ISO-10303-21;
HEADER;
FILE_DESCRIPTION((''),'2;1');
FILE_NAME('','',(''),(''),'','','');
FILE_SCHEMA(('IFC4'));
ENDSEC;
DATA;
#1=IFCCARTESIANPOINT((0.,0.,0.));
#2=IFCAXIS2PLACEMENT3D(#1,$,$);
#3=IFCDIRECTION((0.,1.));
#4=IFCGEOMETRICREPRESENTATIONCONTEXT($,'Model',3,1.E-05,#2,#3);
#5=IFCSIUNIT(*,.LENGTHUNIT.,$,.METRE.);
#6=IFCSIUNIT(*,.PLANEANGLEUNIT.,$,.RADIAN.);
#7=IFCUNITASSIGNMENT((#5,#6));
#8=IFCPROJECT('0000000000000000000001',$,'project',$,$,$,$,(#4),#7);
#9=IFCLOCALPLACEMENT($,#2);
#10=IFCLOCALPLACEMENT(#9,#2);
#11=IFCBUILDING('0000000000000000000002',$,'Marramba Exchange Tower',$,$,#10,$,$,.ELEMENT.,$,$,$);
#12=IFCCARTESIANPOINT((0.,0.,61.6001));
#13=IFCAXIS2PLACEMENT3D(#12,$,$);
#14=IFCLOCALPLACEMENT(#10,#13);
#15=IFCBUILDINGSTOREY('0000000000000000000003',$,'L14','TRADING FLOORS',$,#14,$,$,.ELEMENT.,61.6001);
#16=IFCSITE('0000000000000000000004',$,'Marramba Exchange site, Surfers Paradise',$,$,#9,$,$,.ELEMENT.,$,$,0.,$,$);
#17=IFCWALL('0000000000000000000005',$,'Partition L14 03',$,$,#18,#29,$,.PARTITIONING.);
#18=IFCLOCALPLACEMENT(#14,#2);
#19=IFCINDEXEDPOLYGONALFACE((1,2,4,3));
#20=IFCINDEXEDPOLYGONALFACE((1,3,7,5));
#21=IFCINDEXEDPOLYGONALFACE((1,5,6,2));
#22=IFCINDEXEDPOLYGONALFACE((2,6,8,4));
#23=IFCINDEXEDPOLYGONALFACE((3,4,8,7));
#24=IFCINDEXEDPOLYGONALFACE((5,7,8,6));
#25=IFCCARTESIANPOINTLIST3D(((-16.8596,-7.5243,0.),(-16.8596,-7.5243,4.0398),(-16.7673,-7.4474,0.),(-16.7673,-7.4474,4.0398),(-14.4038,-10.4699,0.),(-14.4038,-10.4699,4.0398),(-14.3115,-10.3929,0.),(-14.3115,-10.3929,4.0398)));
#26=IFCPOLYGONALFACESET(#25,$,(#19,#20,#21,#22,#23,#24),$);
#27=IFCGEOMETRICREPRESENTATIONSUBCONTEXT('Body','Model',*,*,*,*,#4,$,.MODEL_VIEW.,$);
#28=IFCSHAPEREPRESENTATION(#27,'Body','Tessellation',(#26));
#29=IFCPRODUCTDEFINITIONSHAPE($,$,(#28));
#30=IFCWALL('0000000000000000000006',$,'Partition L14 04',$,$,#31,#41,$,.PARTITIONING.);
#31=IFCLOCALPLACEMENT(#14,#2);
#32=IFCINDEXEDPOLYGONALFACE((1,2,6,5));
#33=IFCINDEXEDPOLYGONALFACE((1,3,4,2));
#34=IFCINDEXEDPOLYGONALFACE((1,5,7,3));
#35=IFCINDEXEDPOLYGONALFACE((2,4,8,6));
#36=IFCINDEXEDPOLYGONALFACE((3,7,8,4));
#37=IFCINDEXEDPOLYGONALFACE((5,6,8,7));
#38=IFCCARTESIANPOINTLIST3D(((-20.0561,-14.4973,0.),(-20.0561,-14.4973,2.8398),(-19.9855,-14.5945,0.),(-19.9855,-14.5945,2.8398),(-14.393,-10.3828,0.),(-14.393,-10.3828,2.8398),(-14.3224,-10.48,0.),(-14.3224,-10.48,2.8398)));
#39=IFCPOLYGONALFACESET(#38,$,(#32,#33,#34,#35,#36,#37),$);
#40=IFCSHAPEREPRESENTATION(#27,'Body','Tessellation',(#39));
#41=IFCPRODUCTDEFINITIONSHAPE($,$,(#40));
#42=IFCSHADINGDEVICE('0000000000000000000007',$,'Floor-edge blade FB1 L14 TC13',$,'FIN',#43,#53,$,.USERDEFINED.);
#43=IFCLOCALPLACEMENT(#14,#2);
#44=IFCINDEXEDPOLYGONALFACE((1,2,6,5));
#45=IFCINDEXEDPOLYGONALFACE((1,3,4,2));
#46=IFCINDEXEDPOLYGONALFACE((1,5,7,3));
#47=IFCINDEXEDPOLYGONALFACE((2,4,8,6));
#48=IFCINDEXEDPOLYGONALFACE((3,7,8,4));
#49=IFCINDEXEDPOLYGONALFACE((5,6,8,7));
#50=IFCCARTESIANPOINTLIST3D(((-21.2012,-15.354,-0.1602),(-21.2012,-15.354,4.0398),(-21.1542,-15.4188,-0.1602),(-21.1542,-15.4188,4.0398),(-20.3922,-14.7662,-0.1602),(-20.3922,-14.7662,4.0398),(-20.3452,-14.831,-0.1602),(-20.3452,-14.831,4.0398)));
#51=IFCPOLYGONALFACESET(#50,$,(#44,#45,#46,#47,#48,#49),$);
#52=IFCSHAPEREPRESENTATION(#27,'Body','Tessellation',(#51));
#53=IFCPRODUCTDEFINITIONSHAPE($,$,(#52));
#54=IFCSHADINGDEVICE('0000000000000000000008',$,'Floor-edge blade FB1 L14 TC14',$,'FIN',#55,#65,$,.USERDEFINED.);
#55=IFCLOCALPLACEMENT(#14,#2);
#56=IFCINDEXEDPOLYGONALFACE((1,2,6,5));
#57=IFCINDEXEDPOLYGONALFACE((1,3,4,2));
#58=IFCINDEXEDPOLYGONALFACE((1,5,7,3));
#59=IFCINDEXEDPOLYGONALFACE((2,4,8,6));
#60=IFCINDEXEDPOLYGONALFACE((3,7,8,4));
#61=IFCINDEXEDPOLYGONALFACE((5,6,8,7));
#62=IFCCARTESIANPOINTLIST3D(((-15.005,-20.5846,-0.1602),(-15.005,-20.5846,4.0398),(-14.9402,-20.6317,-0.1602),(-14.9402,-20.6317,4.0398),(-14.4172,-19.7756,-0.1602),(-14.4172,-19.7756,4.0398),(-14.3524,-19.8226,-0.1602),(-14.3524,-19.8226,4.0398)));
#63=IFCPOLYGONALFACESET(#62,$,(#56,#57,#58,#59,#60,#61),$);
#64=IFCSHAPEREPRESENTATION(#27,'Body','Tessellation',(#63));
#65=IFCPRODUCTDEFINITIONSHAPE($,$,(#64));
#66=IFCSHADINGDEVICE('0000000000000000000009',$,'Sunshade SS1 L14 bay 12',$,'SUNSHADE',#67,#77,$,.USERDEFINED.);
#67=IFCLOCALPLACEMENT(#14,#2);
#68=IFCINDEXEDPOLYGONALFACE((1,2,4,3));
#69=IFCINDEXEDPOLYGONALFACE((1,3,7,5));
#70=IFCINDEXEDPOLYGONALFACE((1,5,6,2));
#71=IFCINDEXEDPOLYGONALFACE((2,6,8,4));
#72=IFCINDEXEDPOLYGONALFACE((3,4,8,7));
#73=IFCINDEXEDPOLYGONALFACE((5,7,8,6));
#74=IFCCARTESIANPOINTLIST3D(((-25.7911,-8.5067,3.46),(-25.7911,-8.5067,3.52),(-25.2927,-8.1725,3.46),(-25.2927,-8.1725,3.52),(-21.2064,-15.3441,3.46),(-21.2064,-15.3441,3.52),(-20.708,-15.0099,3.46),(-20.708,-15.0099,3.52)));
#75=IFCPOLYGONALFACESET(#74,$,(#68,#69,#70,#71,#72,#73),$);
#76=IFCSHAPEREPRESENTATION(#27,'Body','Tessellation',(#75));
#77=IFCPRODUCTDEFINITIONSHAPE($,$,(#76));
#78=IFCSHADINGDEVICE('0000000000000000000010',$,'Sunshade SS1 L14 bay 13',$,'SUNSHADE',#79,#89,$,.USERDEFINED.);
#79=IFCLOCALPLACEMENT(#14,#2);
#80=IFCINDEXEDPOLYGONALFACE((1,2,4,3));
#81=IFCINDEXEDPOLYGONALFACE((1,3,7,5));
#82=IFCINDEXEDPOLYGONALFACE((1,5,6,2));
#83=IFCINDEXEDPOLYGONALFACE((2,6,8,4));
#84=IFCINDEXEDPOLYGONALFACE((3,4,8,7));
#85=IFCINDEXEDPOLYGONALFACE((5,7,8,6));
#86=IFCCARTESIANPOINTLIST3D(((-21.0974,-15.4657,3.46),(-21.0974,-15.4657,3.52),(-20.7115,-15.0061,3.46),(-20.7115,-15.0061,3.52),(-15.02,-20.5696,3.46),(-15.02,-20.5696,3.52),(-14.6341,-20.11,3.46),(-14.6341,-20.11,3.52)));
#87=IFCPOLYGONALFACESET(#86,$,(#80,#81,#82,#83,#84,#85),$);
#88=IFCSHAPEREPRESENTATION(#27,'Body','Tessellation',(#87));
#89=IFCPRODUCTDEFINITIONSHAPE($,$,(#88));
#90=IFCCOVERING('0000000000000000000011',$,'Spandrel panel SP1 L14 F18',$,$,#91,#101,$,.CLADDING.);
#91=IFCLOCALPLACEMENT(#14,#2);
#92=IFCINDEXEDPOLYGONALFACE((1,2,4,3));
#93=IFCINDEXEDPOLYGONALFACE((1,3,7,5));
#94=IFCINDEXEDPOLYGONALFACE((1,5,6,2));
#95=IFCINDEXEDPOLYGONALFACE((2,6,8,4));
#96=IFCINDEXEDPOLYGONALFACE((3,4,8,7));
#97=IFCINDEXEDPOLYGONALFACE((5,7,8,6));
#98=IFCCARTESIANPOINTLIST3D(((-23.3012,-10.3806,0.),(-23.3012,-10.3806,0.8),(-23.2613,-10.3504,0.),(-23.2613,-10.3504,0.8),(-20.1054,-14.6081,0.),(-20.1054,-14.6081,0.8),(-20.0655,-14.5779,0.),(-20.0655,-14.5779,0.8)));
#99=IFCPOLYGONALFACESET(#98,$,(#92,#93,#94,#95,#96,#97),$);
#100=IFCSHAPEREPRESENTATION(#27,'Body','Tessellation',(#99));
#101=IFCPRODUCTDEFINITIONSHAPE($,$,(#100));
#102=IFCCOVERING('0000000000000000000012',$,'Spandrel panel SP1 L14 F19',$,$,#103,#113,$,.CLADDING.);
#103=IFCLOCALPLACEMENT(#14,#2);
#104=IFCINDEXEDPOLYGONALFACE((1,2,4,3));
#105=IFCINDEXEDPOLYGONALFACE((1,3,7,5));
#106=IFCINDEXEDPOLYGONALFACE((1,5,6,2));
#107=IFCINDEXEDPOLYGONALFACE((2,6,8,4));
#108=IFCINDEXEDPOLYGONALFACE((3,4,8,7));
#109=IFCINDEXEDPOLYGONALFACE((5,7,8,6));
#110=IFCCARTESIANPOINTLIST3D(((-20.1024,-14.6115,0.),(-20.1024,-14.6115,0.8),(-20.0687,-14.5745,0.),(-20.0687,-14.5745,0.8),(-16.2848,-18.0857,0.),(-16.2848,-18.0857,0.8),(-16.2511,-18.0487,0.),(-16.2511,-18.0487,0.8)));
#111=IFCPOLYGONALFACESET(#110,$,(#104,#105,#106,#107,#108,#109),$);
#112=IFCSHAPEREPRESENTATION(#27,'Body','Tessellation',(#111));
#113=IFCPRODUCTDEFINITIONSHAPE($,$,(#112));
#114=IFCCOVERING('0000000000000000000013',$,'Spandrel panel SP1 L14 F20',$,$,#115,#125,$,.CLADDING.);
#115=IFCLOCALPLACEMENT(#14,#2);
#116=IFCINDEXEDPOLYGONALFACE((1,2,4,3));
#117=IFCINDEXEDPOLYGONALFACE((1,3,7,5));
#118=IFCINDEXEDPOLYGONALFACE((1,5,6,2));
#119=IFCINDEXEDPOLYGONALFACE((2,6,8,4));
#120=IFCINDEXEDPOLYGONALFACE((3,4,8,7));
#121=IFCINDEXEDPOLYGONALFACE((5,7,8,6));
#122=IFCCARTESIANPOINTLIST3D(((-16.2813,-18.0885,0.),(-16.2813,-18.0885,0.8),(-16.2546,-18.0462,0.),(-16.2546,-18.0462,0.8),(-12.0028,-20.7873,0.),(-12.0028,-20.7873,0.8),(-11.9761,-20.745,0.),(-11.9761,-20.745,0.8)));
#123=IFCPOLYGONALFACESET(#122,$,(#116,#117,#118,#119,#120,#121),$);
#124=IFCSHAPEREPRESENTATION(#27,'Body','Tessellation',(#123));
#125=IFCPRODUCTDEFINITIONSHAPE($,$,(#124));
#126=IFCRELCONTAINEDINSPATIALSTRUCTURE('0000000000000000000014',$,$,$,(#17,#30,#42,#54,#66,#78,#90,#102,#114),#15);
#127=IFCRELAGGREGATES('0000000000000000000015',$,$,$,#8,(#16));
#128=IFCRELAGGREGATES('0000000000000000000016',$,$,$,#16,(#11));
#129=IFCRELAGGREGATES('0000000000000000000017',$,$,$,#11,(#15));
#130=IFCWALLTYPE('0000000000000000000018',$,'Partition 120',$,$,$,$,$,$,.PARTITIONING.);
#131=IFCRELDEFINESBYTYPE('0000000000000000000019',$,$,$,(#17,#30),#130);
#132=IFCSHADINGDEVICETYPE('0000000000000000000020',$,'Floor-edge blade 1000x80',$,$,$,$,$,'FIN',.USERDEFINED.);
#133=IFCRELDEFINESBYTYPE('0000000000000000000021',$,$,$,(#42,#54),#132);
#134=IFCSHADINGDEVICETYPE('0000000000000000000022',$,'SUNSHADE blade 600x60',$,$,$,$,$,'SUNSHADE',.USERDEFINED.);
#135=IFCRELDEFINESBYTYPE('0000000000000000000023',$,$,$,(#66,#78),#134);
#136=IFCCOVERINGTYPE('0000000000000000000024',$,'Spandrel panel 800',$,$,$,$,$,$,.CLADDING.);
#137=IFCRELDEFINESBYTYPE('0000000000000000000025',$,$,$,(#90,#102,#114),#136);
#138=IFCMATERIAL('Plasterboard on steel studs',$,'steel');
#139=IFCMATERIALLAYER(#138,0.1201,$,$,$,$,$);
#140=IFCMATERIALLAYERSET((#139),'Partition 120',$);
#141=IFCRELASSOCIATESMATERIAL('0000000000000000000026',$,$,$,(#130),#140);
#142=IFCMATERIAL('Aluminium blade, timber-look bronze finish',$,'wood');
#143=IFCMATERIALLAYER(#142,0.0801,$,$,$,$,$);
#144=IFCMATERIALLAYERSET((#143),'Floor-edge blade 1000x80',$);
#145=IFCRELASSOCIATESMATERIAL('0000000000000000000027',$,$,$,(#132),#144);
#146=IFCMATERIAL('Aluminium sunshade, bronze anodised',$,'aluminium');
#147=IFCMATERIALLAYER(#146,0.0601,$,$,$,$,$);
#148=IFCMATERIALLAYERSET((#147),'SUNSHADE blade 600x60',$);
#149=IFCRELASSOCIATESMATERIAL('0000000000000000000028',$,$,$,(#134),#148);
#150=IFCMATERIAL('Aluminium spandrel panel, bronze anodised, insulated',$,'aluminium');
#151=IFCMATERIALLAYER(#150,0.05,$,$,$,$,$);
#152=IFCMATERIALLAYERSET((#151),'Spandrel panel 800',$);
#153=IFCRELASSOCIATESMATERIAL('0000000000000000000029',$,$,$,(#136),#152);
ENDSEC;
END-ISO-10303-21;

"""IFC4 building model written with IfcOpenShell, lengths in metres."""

from ifc_helpers import new_model, si_unit, direction, frame, frame_2d, origin, origin_2d, place, context, subcontext, project, spatial, rectangle, extrude, material, layer, layer_set, type_object, element, save


model = new_model("IFC4")

# Units and contexts
model_context = context("Model", 3, precision=1e-05, world=origin(), true_north=direction((0.0, 1.0)))
body_context = subcontext(model_context, "Body", "Model", "MODEL_VIEW")
ifc_project = project(units=[si_unit("LENGTHUNIT", "METRE"), si_unit("PLANEANGLEUNIT", "RADIAN")], contexts=[model_context])

# Site, building, storey
site_placement = place(None, origin())
site = spatial("IfcSite", under=ifc_project, at=site_placement, Name="Marramba Exchange site, Surfers Paradise", CompositionType="ELEMENT", RefElevation=0.0)
building_placement = place(site_placement, origin())
building = spatial("IfcBuilding", under=site, at=building_placement, Name="Marramba Exchange Tower", CompositionType="ELEMENT")
storey_placement = place(building_placement, frame((0.0, 0.0, 61.6001)))
storey = spatial("IfcBuildingStorey", under=building, at=storey_placement, Name="L14", Description="TRADING FLOORS", CompositionType="ELEMENT", Elevation=61.6001)

# Walls
ifc_material_1 = material(Name="Plasterboard on steel studs", Category="steel")
ifc_layer_1 = layer(ifc_material_1, 0.1201)
ifc_layer_set_1 = layer_set([ifc_layer_1], Name="Partition 120")
wall_type_1 = type_object("IfcWallType", Name="Partition 120", PredefinedType="PARTITIONING", material=ifc_layer_set_1)
wall_1_placement = place(storey_placement, frame((-14.3577, -10.4314, 0.0), z_axis=(0.0, 0.0, 1.0), x_axis=(-0.640366, 0.76807, 0.0)))
element("IfcWall", 1, at=wall_1_placement, inside=storey, type_object=wall_type_1, Name="Partition L14 03", PredefinedType="PARTITIONING", context=body_context, shape_type="SweptSolid", body=[
    extrude(rectangle(XDim=3.835, YDim=0.1201, at=frame_2d((1.9175, 0.0))), origin(), (0.0, 0.0, 1.0), 4.0398),
])
wall_2_placement = place(storey_placement, frame((-14.3577, -10.4314, 0.0), z_axis=(0.0, 0.0, 1.0), x_axis=(-0.809015, -0.587788, 0.0)))
element("IfcWall", 2, at=wall_2_placement, inside=storey, type_object=wall_type_1, Name="Partition L14 04", PredefinedType="PARTITIONING", context=body_context, shape_type="SweptSolid", body=[
    extrude(rectangle(XDim=7.0, YDim=0.1201, at=frame_2d((3.5, 0.0))), origin(), (0.0, 0.0, 1.0), 2.8398),
])

# Shading devices
ifc_material_2 = material(Name="Aluminium blade, timber-look bronze finish", Category="wood")
ifc_layer_2 = layer(ifc_material_2, 0.0801)
ifc_layer_set_2 = layer_set([ifc_layer_2], Name="Floor-edge blade 1000x80")
shading_device_type_1 = type_object("IfcShadingDeviceType", Name="Floor-edge blade 1000x80", ElementType="FIN", PredefinedType="USERDEFINED", material=ifc_layer_set_2)
for number, where, z_axis, x_axis, name in (
    (3, (-20.7732, -15.0925, -0.1602), (0.0, 0.0, 1.0), (-0.809017, -0.587785, 0.0), "Floor-edge blade FB1 L14 TC13"),
    (4, (-14.6787, -20.2036, -0.1602), (0.0, 0.0, 1.0), (-0.587785, -0.809017, 0.0), "Floor-edge blade FB1 L14 TC14"),
):
    element("IfcShadingDevice", number, at=place(storey_placement, frame(where, z_axis=z_axis, x_axis=x_axis)), inside=storey, type_object=shading_device_type_1, Name=name, ObjectType="FIN", PredefinedType="USERDEFINED", context=body_context, shape_type="SweptSolid", body=[
        extrude(rectangle(XDim=1.0, YDim=0.0801, at=origin_2d()), origin(), (0.0, 0.0, 1.0), 4.2),
    ])
ifc_material_3 = material(Name="Aluminium sunshade, bronze anodised", Category="aluminium")
ifc_layer_3 = layer(ifc_material_3, 0.0601)
ifc_layer_set_3 = layer_set([ifc_layer_3], Name="SUNSHADE blade 600x60")
shading_device_type_2 = type_object("IfcShadingDeviceType", Name="SUNSHADE blade 600x60", ElementType="SUNSHADE", PredefinedType="USERDEFINED", material=ifc_layer_set_3)
shading_device_1_placement = place(storey_placement, frame((-23.2495, -11.7583, 3.46), z_axis=(0.0, 0.0, 1.0), x_axis=(0.556924, -0.830563, 0.0)))
element("IfcShadingDevice", 5, at=shading_device_1_placement, inside=storey, type_object=shading_device_type_2, Name="Sunshade SS1 L14 bay 12", ObjectType="SUNSHADE", PredefinedType="USERDEFINED", context=body_context, shape_type="SweptSolid", body=[
    extrude(rectangle(XDim=8.2322, YDim=0.6001, at=origin_2d()), origin(), (0.0, 0.0, 1.0), 0.0601),
])
shading_device_2_placement = place(storey_placement, frame((-17.8657, -17.7878, 3.46), z_axis=(0.0, 0.0, 1.0), x_axis=(0.765776, -0.643107, 0.0)))
element("IfcShadingDevice", 6, at=shading_device_2_placement, inside=storey, type_object=shading_device_type_2, Name="Sunshade SS1 L14 bay 13", ObjectType="SUNSHADE", PredefinedType="USERDEFINED", context=body_context, shape_type="SweptSolid", body=[
    extrude(rectangle(XDim=7.9363, YDim=0.6001, at=origin_2d()), origin(), (0.0, 0.0, 1.0), 0.0601),
])

# Coverings
ifc_material_4 = material(Name="Aluminium spandrel panel, bronze anodised, insulated", Category="aluminium")
ifc_layer_4 = layer(ifc_material_4, 0.05)
ifc_layer_set_4 = layer_set([ifc_layer_4], Name="Spandrel panel 800")
covering_type = type_object("IfcCoveringType", Name="Spandrel panel 800", PredefinedType="CLADDING", material=ifc_layer_set_4)
covering_1_placement = place(storey_placement, frame((-21.6833, -12.4792, 0.0), z_axis=(0.0, 0.0, 1.0), x_axis=(0.60304, -0.797711, 0.0)))
element("IfcCovering", 7, at=covering_1_placement, inside=storey, type_object=covering_type, Name="Spandrel panel SP1 L14 F18", PredefinedType="CLADDING", context=body_context, shape_type="SweptSolid", body=[
    extrude(rectangle(XDim=5.2996, YDim=0.05, at=origin_2d()), origin(), (0.0, 0.0, 1.0), 0.8),
])
covering_2_placement = place(storey_placement, frame((-18.1768, -16.3301, 0.0), z_axis=(0.0, 0.0, 1.0), x_axis=(0.73959, -0.673058, 0.0)))
element("IfcCovering", 8, at=covering_2_placement, inside=storey, type_object=covering_type, Name="Spandrel panel SP1 L14 F19", PredefinedType="CLADDING", context=body_context, shape_type="SweptSolid", body=[
    extrude(rectangle(XDim=5.1619, YDim=0.05, at=origin_2d()), origin(), (0.0, 0.0, 1.0), 0.8),
])
covering_3_placement = place(storey_placement, frame((-14.1287, -19.4167, 0.0), z_axis=(0.0, 0.0, 1.0), x_axis=(0.845791, -0.533515, 0.0)))
element("IfcCovering", 9, at=covering_3_placement, inside=storey, type_object=covering_type, Name="Spandrel panel SP1 L14 F20", PredefinedType="CLADDING", context=body_context, shape_type="SweptSolid", body=[
    extrude(rectangle(XDim=5.0586, YDim=0.05, at=origin_2d()), origin(), (0.0, 0.0, 1.0), 0.8),
])

save(model, "model.ifc")
